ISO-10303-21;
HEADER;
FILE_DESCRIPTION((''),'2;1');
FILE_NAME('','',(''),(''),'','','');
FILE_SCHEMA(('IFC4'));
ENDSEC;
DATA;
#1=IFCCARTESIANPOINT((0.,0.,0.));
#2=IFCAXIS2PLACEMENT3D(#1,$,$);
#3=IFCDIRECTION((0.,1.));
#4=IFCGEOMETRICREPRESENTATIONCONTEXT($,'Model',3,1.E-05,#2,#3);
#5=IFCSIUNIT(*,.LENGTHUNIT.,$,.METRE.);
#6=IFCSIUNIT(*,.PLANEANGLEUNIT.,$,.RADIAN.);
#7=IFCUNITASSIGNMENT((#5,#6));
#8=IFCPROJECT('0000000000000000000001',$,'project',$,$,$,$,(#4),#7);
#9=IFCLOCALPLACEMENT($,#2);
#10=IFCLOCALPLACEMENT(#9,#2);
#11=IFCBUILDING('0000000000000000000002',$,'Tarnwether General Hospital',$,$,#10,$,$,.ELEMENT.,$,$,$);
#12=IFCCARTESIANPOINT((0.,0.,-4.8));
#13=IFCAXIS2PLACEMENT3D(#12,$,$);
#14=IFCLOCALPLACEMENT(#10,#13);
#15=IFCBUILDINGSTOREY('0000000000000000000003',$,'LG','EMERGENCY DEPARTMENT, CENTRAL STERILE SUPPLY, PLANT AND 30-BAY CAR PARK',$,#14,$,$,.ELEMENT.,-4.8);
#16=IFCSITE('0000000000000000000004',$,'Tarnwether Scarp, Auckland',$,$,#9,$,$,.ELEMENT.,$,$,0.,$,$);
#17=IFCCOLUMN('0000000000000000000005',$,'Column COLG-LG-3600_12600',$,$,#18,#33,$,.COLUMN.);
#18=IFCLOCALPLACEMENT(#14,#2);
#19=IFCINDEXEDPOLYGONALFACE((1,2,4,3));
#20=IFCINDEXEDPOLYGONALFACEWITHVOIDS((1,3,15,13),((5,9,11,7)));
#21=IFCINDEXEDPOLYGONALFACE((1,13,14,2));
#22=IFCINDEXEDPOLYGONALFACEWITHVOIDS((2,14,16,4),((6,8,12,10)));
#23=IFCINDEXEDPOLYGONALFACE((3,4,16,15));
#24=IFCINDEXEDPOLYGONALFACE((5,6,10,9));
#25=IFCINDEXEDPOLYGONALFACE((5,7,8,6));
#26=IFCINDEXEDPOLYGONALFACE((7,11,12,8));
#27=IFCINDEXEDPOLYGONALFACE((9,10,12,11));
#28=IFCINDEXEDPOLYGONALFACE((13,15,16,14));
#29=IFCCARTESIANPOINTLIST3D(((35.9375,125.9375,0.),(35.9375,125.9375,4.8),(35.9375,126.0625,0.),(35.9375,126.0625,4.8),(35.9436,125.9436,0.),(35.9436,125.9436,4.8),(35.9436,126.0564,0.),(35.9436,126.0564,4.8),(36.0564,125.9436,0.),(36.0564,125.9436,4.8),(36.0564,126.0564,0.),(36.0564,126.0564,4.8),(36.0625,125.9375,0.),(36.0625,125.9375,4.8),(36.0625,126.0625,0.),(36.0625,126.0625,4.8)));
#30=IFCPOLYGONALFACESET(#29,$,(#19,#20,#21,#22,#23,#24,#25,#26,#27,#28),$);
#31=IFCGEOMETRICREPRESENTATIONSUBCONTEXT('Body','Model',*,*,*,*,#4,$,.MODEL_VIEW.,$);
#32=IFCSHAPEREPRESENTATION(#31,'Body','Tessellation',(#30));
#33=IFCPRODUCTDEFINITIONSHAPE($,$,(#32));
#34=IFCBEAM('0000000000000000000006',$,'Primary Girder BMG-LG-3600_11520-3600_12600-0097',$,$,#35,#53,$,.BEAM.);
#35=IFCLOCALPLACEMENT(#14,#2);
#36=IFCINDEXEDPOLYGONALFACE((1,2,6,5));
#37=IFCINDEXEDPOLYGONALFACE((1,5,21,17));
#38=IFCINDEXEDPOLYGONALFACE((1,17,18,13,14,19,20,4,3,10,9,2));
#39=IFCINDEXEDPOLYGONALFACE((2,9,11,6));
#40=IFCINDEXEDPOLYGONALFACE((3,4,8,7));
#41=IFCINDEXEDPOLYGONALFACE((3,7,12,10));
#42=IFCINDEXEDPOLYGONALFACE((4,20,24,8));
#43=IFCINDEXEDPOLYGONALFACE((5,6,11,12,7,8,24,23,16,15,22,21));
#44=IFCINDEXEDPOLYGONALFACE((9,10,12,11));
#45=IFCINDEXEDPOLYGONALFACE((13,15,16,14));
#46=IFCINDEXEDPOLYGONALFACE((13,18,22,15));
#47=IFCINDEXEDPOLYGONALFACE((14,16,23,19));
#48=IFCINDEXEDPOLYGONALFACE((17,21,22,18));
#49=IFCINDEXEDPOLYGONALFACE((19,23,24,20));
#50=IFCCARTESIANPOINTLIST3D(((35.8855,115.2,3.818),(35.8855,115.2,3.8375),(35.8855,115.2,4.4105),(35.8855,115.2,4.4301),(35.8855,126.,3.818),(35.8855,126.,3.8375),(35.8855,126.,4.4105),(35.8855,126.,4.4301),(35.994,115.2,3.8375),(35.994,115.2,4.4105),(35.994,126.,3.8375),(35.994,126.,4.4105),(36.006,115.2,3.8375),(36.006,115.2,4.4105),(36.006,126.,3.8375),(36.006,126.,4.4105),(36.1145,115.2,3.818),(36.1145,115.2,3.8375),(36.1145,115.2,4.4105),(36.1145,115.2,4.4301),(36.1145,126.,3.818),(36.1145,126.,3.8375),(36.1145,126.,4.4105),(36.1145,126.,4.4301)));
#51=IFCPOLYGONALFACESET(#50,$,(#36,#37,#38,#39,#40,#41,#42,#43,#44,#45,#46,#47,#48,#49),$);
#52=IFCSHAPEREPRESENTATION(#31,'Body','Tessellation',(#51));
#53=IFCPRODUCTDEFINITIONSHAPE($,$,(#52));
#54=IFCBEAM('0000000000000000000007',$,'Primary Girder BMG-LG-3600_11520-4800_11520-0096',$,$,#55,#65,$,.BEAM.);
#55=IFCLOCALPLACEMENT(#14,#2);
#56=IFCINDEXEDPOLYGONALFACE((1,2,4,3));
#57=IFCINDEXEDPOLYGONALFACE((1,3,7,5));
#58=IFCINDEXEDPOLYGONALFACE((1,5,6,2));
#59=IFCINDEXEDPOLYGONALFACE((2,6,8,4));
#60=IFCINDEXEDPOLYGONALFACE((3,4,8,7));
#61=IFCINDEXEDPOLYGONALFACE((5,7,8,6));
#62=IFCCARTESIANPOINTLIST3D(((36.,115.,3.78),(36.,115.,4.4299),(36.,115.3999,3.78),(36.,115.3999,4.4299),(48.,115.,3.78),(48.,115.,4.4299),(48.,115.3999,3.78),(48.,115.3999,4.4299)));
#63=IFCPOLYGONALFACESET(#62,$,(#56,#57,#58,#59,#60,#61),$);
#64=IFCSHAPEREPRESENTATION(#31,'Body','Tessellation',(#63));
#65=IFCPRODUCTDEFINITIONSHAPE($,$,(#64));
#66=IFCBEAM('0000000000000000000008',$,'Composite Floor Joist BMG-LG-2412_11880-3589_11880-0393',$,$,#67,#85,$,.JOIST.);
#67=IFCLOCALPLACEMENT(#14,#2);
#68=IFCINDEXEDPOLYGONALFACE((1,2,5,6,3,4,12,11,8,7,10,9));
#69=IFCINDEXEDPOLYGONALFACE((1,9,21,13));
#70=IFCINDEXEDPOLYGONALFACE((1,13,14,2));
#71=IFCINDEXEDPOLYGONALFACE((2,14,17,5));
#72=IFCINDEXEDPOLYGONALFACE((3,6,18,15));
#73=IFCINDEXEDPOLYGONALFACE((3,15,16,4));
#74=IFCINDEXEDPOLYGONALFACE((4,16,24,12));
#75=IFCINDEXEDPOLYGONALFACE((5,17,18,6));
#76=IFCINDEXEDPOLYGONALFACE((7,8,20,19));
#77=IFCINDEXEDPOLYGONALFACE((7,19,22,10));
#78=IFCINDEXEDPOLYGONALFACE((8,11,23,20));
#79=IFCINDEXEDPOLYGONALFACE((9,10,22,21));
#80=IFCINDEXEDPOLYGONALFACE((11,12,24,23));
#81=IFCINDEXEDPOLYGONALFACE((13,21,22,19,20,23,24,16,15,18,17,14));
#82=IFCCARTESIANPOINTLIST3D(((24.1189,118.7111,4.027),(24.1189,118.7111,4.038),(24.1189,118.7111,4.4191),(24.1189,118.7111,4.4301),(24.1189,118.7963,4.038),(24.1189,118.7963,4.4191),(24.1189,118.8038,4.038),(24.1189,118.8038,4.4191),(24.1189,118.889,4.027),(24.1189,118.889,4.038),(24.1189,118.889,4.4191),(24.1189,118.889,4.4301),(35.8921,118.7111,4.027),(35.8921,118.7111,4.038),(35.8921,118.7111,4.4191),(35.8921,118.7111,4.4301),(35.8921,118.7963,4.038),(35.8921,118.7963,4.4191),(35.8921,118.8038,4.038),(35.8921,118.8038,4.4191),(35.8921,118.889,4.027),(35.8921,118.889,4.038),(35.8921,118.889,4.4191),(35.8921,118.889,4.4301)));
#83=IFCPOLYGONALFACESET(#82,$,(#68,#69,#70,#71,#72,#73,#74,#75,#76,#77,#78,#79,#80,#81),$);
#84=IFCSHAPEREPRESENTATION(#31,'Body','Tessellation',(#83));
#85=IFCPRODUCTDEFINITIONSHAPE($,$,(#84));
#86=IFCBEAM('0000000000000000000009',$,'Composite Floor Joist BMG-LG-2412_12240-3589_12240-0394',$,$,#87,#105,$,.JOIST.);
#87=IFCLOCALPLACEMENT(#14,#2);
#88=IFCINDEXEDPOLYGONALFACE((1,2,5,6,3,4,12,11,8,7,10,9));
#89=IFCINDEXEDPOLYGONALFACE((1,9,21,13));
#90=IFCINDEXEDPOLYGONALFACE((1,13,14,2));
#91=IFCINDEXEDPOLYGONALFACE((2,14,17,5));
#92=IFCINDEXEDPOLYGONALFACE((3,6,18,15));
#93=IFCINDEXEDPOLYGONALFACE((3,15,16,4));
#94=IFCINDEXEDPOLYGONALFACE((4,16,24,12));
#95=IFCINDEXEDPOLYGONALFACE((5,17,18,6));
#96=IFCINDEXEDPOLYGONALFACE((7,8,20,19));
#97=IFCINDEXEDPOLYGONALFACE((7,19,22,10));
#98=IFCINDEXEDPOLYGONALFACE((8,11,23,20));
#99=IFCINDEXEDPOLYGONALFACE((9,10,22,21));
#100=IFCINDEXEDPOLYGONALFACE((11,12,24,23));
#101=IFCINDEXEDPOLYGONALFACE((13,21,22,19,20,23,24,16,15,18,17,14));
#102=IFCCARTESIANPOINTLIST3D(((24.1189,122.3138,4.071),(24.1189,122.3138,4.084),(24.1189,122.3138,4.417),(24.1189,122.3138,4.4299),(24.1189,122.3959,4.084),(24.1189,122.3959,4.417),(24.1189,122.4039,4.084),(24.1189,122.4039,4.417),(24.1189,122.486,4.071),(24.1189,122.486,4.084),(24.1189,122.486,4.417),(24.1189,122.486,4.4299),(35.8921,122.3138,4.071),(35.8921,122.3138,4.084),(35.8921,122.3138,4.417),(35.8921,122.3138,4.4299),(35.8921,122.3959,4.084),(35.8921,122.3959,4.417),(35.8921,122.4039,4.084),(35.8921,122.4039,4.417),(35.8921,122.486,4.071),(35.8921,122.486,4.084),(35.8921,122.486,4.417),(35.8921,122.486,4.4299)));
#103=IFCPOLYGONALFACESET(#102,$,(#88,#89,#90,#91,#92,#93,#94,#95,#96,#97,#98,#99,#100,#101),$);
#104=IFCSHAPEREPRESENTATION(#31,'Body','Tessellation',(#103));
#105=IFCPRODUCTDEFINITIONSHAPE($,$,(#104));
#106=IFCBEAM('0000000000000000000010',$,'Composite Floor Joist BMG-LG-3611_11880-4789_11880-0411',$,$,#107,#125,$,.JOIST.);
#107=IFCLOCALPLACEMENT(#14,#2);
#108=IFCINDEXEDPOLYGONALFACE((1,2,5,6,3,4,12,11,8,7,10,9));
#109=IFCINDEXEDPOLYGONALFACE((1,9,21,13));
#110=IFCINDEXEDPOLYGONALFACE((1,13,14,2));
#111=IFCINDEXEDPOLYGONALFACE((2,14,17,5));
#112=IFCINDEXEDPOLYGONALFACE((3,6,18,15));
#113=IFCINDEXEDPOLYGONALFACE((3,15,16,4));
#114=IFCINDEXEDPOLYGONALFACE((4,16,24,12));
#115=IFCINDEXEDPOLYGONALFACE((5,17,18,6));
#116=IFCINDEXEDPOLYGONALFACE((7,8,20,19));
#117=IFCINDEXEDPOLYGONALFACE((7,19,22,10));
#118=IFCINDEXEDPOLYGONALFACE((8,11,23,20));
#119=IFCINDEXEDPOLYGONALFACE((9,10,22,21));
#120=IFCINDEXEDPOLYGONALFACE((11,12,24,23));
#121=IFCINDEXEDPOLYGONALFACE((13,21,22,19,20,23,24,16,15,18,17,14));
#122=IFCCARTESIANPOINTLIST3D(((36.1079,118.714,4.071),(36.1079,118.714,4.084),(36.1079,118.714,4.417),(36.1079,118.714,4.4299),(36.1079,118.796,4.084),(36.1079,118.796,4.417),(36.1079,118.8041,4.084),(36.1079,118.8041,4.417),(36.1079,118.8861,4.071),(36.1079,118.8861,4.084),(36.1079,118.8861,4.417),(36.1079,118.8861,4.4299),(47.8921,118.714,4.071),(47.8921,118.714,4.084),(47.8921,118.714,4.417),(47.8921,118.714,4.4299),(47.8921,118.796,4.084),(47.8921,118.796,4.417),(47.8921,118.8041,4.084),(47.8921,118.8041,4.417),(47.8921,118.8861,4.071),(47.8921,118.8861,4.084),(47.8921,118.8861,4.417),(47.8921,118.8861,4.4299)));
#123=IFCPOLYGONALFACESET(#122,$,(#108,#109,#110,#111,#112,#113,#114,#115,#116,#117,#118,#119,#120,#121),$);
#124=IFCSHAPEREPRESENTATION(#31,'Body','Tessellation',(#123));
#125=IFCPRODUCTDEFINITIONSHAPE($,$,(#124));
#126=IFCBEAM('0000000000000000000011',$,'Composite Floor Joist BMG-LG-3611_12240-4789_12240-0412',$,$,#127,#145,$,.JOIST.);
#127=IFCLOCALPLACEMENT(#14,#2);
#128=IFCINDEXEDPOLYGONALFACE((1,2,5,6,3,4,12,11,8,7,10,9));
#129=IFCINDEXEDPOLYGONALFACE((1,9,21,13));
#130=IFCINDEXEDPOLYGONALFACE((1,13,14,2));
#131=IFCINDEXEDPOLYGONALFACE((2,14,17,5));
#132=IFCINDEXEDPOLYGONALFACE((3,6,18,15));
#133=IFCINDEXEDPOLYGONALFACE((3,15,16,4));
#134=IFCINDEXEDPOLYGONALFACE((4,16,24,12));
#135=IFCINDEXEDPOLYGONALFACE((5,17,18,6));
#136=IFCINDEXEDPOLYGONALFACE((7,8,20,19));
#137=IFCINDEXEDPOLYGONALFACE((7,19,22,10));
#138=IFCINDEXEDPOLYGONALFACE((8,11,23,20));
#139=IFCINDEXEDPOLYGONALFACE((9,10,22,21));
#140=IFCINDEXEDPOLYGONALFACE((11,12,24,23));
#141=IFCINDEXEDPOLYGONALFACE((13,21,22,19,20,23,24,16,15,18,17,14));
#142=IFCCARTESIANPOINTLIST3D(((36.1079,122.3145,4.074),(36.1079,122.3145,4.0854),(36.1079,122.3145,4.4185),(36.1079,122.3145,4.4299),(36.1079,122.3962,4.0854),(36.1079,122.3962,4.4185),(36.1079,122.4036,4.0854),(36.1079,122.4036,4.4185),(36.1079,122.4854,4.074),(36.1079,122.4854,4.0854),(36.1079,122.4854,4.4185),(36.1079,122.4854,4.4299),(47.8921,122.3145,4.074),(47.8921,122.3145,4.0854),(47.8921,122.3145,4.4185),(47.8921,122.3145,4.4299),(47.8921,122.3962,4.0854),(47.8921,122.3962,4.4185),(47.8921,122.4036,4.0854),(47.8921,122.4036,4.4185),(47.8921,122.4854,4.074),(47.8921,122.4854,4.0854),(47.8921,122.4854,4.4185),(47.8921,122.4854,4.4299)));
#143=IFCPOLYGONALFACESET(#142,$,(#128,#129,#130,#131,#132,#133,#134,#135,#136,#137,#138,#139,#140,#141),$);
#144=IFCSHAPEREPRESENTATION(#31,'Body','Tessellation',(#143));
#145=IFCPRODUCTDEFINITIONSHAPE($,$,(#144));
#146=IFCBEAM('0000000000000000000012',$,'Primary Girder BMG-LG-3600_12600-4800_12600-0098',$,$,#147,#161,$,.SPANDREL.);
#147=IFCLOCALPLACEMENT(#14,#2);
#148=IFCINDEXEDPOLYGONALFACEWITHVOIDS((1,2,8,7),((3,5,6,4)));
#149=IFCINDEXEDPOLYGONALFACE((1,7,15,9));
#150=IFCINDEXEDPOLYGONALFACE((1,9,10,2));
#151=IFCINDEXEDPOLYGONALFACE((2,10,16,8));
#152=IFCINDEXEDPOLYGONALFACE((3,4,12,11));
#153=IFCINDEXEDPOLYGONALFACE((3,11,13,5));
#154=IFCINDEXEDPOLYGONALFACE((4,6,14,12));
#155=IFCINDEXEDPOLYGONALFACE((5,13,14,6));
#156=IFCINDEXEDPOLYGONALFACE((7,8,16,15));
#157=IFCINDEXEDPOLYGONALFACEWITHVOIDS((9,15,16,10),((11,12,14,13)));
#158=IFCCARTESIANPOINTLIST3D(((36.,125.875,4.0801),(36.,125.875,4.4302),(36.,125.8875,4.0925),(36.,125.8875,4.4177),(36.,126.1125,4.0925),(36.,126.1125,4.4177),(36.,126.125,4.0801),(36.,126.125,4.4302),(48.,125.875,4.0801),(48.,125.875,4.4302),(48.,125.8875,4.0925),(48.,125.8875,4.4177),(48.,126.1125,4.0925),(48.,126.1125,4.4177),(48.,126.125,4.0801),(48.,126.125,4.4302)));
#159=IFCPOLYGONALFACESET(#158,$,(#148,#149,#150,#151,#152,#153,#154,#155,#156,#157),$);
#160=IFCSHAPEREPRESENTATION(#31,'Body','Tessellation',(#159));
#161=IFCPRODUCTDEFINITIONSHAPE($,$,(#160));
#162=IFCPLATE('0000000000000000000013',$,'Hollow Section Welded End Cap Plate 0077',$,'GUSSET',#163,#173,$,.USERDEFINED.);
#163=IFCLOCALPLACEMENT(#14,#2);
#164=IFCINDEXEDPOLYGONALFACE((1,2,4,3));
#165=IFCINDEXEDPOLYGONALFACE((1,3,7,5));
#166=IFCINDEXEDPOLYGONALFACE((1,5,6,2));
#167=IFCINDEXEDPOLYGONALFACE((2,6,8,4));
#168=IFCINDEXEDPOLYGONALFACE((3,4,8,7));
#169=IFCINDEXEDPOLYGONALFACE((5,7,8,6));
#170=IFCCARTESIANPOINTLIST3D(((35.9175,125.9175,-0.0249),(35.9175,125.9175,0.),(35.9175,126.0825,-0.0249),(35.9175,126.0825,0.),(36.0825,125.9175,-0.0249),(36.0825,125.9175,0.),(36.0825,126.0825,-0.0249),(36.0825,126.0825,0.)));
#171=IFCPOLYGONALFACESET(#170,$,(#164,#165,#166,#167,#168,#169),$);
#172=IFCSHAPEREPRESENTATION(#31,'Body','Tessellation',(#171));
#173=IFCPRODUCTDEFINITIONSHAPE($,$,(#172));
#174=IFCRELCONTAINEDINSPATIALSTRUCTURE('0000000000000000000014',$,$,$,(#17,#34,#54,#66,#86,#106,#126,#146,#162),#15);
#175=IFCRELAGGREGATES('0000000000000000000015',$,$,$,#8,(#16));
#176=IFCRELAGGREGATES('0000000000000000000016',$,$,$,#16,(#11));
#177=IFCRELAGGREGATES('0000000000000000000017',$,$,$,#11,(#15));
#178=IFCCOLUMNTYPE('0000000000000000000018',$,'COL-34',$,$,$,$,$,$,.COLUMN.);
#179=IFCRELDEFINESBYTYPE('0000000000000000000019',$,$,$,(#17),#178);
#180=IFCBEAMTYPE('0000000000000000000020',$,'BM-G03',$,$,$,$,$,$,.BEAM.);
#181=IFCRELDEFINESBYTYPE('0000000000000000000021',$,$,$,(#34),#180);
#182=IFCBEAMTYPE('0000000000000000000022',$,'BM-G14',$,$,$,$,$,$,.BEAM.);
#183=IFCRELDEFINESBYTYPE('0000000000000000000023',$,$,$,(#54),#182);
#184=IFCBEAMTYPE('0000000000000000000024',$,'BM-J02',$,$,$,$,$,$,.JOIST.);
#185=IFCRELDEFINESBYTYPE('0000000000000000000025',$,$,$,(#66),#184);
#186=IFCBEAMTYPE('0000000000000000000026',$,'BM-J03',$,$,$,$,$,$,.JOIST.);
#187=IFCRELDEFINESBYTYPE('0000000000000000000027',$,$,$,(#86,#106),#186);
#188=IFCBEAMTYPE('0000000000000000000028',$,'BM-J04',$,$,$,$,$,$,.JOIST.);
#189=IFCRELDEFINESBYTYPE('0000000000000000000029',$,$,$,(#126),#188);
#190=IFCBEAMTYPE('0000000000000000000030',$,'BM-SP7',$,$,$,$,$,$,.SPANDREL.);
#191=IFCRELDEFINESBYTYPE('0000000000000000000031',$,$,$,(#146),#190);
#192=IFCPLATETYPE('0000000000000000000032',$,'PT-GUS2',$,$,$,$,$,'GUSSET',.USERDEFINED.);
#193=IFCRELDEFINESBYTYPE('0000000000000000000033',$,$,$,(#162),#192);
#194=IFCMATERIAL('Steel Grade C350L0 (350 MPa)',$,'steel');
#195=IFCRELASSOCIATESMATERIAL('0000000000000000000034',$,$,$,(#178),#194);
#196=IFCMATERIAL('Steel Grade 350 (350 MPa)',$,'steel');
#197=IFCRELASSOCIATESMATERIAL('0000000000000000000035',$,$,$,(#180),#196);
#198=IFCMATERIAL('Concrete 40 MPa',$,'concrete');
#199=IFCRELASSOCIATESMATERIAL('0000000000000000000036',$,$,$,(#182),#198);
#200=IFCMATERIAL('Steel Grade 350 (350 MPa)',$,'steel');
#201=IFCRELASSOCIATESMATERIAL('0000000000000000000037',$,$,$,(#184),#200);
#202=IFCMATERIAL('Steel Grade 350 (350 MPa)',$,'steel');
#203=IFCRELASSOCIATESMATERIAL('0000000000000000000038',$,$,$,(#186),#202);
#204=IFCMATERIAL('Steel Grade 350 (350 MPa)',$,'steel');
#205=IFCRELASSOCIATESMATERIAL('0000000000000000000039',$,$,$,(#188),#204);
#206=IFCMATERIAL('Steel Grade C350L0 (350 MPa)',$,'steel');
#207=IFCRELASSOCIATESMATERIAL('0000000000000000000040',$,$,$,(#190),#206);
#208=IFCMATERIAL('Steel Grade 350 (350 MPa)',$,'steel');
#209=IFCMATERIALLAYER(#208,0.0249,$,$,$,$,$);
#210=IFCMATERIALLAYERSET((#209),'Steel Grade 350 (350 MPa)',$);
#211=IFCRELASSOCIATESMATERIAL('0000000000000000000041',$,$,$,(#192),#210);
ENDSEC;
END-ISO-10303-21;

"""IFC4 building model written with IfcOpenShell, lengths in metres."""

from ifc_helpers import new_model, si_unit, direction, frame, origin, origin_2d, place, context, subcontext, project, spatial, rectangle, hollow_rectangle, i_section, extrude, material, layer, layer_set, material_profile, profile_set, type_object, element, save


model = new_model("IFC4")

# Units and contexts
model_context = context("Model", 3, precision=1e-05, world=origin(), true_north=direction((0.0, 1.0)))
body_context = subcontext(model_context, "Body", "Model", "MODEL_VIEW")
ifc_project = project(units=[si_unit("LENGTHUNIT", "METRE"), si_unit("PLANEANGLEUNIT", "RADIAN")], contexts=[model_context])

# Site, building, storey
site_placement = place(None, origin())
site = spatial("IfcSite", under=ifc_project, at=site_placement, Name="Tarnwether Scarp, Auckland", CompositionType="ELEMENT", RefElevation=0.0)
building_placement = place(site_placement, origin())
building = spatial("IfcBuilding", under=site, at=building_placement, Name="Tarnwether General Hospital", CompositionType="ELEMENT")
storey_placement = place(building_placement, frame((0.0, 0.0, -4.8)))
storey = spatial("IfcBuildingStorey", under=building, at=storey_placement, Name="LG", Description="EMERGENCY DEPARTMENT, CENTRAL STERILE SUPPLY, PLANT AND 30-BAY CAR PARK", CompositionType="ELEMENT", Elevation=-4.8)

# Column
ifc_material_1 = material(Name="Steel Grade C350L0 (350 MPa)", Category="steel")
ifc_material_profile_1 = material_profile(ifc_material_1, hollow_rectangle(XDim=0.125, YDim=0.125, WallThickness=0.0061, at=origin_2d()), Name="SHS125x125x6")
ifc_profile_set_1 = profile_set([ifc_material_profile_1], Name="Steel Grade C350L0 (350 MPa)")
column_type_1 = type_object("IfcColumnType", Name="COL-34", PredefinedType="COLUMN", material=ifc_profile_set_1)
column_1_placement = place(storey_placement, frame((36.0, 126.0, 0.0), z_axis=(0.0, 0.0, 1.0), x_axis=(0.0, 1.0, 0.0)))
element("IfcColumn", 1, at=column_1_placement, inside=storey, type_object=column_type_1, Name="Column COLG-LG-3600_12600", PredefinedType="COLUMN", context=body_context, shape_type="SweptSolid", body=[
    extrude(hollow_rectangle(XDim=0.125, YDim=0.125, WallThickness=0.0061, at=origin_2d()), origin(), (0.0, 0.0, 1.0), 4.8),
])

# Beams
ifc_material_2 = material(Name="Steel Grade 350 (350 MPa)", Category="steel")
ifc_material_profile_2 = material_profile(ifc_material_2, i_section(OverallWidth=0.229, OverallDepth=0.6121, WebThickness=0.012, FlangeThickness=0.0195, at=origin_2d()), Name="610UB125")
ifc_profile_set_2 = profile_set([ifc_material_profile_2], Name="Steel Grade 350 (350 MPa)")
beam_type_1 = type_object("IfcBeamType", Name="BM-G03", PredefinedType="BEAM", material=ifc_profile_set_2)
beam_1_placement = place(storey_placement, frame((36.0, 115.2, 4.124), z_axis=(0.0, 1.0, 0.0), x_axis=(-1.0, 0.0, 0.0)))
element("IfcBeam", 2, at=beam_1_placement, inside=storey, type_object=beam_type_1, Name="Primary Girder BMG-LG-3600_11520-3600_12600-0097", PredefinedType="BEAM", context=body_context, shape_type="SweptSolid", body=[
    extrude(i_section(OverallWidth=0.229, OverallDepth=0.6121, WebThickness=0.012, FlangeThickness=0.0195, at=origin_2d()), origin(), (0.0, 0.0, 1.0), 10.8),
])
ifc_material_3 = material(Name="Concrete 40 MPa", Category="concrete")
ifc_material_profile_3 = material_profile(ifc_material_3, rectangle(XDim=0.3999, YDim=0.6499, at=origin_2d()), Name="RC-BM-400x650")
ifc_profile_set_3 = profile_set([ifc_material_profile_3], Name="Concrete 40 MPa")
beam_type_2 = type_object("IfcBeamType", Name="BM-G14", PredefinedType="BEAM", material=ifc_profile_set_3)
beam_2_placement = place(storey_placement, frame((36.0, 115.2, 4.105), z_axis=(1.0, 0.0, 0.0), x_axis=(0.0, 1.0, 0.0)))
element("IfcBeam", 3, at=beam_2_placement, inside=storey, type_object=beam_type_2, Name="Primary Girder BMG-LG-3600_11520-4800_11520-0096", PredefinedType="BEAM", context=body_context, shape_type="SweptSolid", body=[
    extrude(rectangle(XDim=0.3999, YDim=0.6499, at=origin_2d()), origin(), (0.0, 0.0, 1.0), 12.0),
])
ifc_material_4 = material(Name="Steel Grade 350 (350 MPa)", Category="steel")
ifc_material_profile_4 = material_profile(ifc_material_4, i_section(OverallWidth=0.178, OverallDepth=0.4031, WebThickness=0.0076, FlangeThickness=0.011, at=origin_2d()), Name="410UB53.7")
ifc_profile_set_4 = profile_set([ifc_material_profile_4], Name="Steel Grade 350 (350 MPa)")
beam_type_3 = type_object("IfcBeamType", Name="BM-J02", PredefinedType="JOIST", material=ifc_profile_set_4)
beam_3_placement = place(storey_placement, frame((24.1189, 118.8, 4.2285), z_axis=(1.0, 0.0, 0.0), x_axis=(0.0, 1.0, 0.0)))
element("IfcBeam", 4, at=beam_3_placement, inside=storey, type_object=beam_type_3, Name="Composite Floor Joist BMG-LG-2412_11880-3589_11880-0393", PredefinedType="JOIST", context=body_context, shape_type="SweptSolid", body=[
    extrude(i_section(OverallWidth=0.178, OverallDepth=0.4031, WebThickness=0.0076, FlangeThickness=0.011, at=origin_2d()), origin(), (0.0, 0.0, 1.0), 11.7732),
])
ifc_material_5 = material(Name="Steel Grade 350 (350 MPa)", Category="steel")
ifc_material_profile_5 = material_profile(ifc_material_5, i_section(OverallWidth=0.1721, OverallDepth=0.3589, WebThickness=0.0081, FlangeThickness=0.0129, at=origin_2d()), Name="360UB56.7")
ifc_profile_set_5 = profile_set([ifc_material_profile_5], Name="Steel Grade 350 (350 MPa)")
beam_type_4 = type_object("IfcBeamType", Name="BM-J03", PredefinedType="JOIST", material=ifc_profile_set_5)
beam_4_placement = place(storey_placement, frame((24.1189, 122.3999, 4.2505), z_axis=(1.0, 0.0, 0.0), x_axis=(0.0, 1.0, 0.0)))
element("IfcBeam", 5, at=beam_4_placement, inside=storey, type_object=beam_type_4, Name="Composite Floor Joist BMG-LG-2412_12240-3589_12240-0394", PredefinedType="JOIST", context=body_context, shape_type="SweptSolid", body=[
    extrude(i_section(OverallWidth=0.1721, OverallDepth=0.3589, WebThickness=0.0081, FlangeThickness=0.0129, at=origin_2d()), origin(), (0.0, 0.0, 1.0), 11.7732),
])
beam_5_placement = place(storey_placement, frame((36.1079, 118.8, 4.2505), z_axis=(1.0, 0.0, 0.0), x_axis=(0.0, 1.0, 0.0)))
element("IfcBeam", 6, at=beam_5_placement, inside=storey, type_object=beam_type_4, Name="Composite Floor Joist BMG-LG-3611_11880-4789_11880-0411", PredefinedType="JOIST", context=body_context, shape_type="SweptSolid", body=[
    extrude(i_section(OverallWidth=0.1721, OverallDepth=0.3589, WebThickness=0.0081, FlangeThickness=0.0129, at=origin_2d()), origin(), (0.0, 0.0, 1.0), 11.7842),
])
ifc_material_6 = material(Name="Steel Grade 350 (350 MPa)", Category="steel")
ifc_material_profile_6 = material_profile(ifc_material_6, i_section(OverallWidth=0.1709, OverallDepth=0.356, WebThickness=0.0073, FlangeThickness=0.0115, at=origin_2d()), Name="360UB50.7")
ifc_profile_set_6 = profile_set([ifc_material_profile_6], Name="Steel Grade 350 (350 MPa)")
beam_type_5 = type_object("IfcBeamType", Name="BM-J04", PredefinedType="JOIST", material=ifc_profile_set_6)
beam_6_placement = place(storey_placement, frame((36.1079, 122.3999, 4.252), z_axis=(1.0, 0.0, 0.0), x_axis=(0.0, 1.0, 0.0)))
element("IfcBeam", 7, at=beam_6_placement, inside=storey, type_object=beam_type_5, Name="Composite Floor Joist BMG-LG-3611_12240-4789_12240-0412", PredefinedType="JOIST", context=body_context, shape_type="SweptSolid", body=[
    extrude(i_section(OverallWidth=0.1709, OverallDepth=0.356, WebThickness=0.0073, FlangeThickness=0.0115, at=origin_2d()), origin(), (0.0, 0.0, 1.0), 11.7842),
])
ifc_material_7 = material(Name="Steel Grade C350L0 (350 MPa)", Category="steel")
ifc_material_profile_7 = material_profile(ifc_material_7, hollow_rectangle(XDim=0.25, YDim=0.3501, WallThickness=0.0125, at=origin_2d()), Name="RHS350x250x12.5")
ifc_profile_set_7 = profile_set([ifc_material_profile_7], Name="Steel Grade C350L0 (350 MPa)")
beam_type_6 = type_object("IfcBeamType", Name="BM-SP7", PredefinedType="SPANDREL", material=ifc_profile_set_7)
beam_7_placement = place(storey_placement, frame((36.0, 126.0, 4.2551), z_axis=(1.0, 0.0, 0.0), x_axis=(0.0, 1.0, 0.0)))
element("IfcBeam", 8, at=beam_7_placement, inside=storey, type_object=beam_type_6, Name="Primary Girder BMG-LG-3600_12600-4800_12600-0098", PredefinedType="SPANDREL", context=body_context, shape_type="SweptSolid", body=[
    extrude(hollow_rectangle(XDim=0.25, YDim=0.3501, WallThickness=0.0125, at=origin_2d()), origin(), (0.0, 0.0, 1.0), 12.0),
])

# Plate
ifc_material_8 = material(Name="Steel Grade 350 (350 MPa)", Category="steel")
ifc_layer = layer(ifc_material_8, 0.0249)
ifc_layer_set = layer_set([ifc_layer], Name="Steel Grade 350 (350 MPa)")
plate_type = type_object("IfcPlateType", Name="PT-GUS2", ElementType="GUSSET", PredefinedType="USERDEFINED", material=ifc_layer_set)
for number, where, z_axis, x_axis, name in (
    (9, (36.0, 126.0, -0.0249), (0.0, 0.0, 1.0), (1.0, 0.0, 0.0), "Hollow Section Welded End Cap Plate 0077"),
):
    element("IfcPlate", number, at=place(storey_placement, frame(where, z_axis=z_axis, x_axis=x_axis)), inside=storey, type_object=plate_type, Name=name, ObjectType="GUSSET", PredefinedType="USERDEFINED", context=body_context, shape_type="SweptSolid", body=[
        extrude(rectangle(XDim=0.165, YDim=0.165, at=origin_2d()), origin(), (0.0, 0.0, 1.0), 0.0249),
    ])

save(model, "model.ifc")
